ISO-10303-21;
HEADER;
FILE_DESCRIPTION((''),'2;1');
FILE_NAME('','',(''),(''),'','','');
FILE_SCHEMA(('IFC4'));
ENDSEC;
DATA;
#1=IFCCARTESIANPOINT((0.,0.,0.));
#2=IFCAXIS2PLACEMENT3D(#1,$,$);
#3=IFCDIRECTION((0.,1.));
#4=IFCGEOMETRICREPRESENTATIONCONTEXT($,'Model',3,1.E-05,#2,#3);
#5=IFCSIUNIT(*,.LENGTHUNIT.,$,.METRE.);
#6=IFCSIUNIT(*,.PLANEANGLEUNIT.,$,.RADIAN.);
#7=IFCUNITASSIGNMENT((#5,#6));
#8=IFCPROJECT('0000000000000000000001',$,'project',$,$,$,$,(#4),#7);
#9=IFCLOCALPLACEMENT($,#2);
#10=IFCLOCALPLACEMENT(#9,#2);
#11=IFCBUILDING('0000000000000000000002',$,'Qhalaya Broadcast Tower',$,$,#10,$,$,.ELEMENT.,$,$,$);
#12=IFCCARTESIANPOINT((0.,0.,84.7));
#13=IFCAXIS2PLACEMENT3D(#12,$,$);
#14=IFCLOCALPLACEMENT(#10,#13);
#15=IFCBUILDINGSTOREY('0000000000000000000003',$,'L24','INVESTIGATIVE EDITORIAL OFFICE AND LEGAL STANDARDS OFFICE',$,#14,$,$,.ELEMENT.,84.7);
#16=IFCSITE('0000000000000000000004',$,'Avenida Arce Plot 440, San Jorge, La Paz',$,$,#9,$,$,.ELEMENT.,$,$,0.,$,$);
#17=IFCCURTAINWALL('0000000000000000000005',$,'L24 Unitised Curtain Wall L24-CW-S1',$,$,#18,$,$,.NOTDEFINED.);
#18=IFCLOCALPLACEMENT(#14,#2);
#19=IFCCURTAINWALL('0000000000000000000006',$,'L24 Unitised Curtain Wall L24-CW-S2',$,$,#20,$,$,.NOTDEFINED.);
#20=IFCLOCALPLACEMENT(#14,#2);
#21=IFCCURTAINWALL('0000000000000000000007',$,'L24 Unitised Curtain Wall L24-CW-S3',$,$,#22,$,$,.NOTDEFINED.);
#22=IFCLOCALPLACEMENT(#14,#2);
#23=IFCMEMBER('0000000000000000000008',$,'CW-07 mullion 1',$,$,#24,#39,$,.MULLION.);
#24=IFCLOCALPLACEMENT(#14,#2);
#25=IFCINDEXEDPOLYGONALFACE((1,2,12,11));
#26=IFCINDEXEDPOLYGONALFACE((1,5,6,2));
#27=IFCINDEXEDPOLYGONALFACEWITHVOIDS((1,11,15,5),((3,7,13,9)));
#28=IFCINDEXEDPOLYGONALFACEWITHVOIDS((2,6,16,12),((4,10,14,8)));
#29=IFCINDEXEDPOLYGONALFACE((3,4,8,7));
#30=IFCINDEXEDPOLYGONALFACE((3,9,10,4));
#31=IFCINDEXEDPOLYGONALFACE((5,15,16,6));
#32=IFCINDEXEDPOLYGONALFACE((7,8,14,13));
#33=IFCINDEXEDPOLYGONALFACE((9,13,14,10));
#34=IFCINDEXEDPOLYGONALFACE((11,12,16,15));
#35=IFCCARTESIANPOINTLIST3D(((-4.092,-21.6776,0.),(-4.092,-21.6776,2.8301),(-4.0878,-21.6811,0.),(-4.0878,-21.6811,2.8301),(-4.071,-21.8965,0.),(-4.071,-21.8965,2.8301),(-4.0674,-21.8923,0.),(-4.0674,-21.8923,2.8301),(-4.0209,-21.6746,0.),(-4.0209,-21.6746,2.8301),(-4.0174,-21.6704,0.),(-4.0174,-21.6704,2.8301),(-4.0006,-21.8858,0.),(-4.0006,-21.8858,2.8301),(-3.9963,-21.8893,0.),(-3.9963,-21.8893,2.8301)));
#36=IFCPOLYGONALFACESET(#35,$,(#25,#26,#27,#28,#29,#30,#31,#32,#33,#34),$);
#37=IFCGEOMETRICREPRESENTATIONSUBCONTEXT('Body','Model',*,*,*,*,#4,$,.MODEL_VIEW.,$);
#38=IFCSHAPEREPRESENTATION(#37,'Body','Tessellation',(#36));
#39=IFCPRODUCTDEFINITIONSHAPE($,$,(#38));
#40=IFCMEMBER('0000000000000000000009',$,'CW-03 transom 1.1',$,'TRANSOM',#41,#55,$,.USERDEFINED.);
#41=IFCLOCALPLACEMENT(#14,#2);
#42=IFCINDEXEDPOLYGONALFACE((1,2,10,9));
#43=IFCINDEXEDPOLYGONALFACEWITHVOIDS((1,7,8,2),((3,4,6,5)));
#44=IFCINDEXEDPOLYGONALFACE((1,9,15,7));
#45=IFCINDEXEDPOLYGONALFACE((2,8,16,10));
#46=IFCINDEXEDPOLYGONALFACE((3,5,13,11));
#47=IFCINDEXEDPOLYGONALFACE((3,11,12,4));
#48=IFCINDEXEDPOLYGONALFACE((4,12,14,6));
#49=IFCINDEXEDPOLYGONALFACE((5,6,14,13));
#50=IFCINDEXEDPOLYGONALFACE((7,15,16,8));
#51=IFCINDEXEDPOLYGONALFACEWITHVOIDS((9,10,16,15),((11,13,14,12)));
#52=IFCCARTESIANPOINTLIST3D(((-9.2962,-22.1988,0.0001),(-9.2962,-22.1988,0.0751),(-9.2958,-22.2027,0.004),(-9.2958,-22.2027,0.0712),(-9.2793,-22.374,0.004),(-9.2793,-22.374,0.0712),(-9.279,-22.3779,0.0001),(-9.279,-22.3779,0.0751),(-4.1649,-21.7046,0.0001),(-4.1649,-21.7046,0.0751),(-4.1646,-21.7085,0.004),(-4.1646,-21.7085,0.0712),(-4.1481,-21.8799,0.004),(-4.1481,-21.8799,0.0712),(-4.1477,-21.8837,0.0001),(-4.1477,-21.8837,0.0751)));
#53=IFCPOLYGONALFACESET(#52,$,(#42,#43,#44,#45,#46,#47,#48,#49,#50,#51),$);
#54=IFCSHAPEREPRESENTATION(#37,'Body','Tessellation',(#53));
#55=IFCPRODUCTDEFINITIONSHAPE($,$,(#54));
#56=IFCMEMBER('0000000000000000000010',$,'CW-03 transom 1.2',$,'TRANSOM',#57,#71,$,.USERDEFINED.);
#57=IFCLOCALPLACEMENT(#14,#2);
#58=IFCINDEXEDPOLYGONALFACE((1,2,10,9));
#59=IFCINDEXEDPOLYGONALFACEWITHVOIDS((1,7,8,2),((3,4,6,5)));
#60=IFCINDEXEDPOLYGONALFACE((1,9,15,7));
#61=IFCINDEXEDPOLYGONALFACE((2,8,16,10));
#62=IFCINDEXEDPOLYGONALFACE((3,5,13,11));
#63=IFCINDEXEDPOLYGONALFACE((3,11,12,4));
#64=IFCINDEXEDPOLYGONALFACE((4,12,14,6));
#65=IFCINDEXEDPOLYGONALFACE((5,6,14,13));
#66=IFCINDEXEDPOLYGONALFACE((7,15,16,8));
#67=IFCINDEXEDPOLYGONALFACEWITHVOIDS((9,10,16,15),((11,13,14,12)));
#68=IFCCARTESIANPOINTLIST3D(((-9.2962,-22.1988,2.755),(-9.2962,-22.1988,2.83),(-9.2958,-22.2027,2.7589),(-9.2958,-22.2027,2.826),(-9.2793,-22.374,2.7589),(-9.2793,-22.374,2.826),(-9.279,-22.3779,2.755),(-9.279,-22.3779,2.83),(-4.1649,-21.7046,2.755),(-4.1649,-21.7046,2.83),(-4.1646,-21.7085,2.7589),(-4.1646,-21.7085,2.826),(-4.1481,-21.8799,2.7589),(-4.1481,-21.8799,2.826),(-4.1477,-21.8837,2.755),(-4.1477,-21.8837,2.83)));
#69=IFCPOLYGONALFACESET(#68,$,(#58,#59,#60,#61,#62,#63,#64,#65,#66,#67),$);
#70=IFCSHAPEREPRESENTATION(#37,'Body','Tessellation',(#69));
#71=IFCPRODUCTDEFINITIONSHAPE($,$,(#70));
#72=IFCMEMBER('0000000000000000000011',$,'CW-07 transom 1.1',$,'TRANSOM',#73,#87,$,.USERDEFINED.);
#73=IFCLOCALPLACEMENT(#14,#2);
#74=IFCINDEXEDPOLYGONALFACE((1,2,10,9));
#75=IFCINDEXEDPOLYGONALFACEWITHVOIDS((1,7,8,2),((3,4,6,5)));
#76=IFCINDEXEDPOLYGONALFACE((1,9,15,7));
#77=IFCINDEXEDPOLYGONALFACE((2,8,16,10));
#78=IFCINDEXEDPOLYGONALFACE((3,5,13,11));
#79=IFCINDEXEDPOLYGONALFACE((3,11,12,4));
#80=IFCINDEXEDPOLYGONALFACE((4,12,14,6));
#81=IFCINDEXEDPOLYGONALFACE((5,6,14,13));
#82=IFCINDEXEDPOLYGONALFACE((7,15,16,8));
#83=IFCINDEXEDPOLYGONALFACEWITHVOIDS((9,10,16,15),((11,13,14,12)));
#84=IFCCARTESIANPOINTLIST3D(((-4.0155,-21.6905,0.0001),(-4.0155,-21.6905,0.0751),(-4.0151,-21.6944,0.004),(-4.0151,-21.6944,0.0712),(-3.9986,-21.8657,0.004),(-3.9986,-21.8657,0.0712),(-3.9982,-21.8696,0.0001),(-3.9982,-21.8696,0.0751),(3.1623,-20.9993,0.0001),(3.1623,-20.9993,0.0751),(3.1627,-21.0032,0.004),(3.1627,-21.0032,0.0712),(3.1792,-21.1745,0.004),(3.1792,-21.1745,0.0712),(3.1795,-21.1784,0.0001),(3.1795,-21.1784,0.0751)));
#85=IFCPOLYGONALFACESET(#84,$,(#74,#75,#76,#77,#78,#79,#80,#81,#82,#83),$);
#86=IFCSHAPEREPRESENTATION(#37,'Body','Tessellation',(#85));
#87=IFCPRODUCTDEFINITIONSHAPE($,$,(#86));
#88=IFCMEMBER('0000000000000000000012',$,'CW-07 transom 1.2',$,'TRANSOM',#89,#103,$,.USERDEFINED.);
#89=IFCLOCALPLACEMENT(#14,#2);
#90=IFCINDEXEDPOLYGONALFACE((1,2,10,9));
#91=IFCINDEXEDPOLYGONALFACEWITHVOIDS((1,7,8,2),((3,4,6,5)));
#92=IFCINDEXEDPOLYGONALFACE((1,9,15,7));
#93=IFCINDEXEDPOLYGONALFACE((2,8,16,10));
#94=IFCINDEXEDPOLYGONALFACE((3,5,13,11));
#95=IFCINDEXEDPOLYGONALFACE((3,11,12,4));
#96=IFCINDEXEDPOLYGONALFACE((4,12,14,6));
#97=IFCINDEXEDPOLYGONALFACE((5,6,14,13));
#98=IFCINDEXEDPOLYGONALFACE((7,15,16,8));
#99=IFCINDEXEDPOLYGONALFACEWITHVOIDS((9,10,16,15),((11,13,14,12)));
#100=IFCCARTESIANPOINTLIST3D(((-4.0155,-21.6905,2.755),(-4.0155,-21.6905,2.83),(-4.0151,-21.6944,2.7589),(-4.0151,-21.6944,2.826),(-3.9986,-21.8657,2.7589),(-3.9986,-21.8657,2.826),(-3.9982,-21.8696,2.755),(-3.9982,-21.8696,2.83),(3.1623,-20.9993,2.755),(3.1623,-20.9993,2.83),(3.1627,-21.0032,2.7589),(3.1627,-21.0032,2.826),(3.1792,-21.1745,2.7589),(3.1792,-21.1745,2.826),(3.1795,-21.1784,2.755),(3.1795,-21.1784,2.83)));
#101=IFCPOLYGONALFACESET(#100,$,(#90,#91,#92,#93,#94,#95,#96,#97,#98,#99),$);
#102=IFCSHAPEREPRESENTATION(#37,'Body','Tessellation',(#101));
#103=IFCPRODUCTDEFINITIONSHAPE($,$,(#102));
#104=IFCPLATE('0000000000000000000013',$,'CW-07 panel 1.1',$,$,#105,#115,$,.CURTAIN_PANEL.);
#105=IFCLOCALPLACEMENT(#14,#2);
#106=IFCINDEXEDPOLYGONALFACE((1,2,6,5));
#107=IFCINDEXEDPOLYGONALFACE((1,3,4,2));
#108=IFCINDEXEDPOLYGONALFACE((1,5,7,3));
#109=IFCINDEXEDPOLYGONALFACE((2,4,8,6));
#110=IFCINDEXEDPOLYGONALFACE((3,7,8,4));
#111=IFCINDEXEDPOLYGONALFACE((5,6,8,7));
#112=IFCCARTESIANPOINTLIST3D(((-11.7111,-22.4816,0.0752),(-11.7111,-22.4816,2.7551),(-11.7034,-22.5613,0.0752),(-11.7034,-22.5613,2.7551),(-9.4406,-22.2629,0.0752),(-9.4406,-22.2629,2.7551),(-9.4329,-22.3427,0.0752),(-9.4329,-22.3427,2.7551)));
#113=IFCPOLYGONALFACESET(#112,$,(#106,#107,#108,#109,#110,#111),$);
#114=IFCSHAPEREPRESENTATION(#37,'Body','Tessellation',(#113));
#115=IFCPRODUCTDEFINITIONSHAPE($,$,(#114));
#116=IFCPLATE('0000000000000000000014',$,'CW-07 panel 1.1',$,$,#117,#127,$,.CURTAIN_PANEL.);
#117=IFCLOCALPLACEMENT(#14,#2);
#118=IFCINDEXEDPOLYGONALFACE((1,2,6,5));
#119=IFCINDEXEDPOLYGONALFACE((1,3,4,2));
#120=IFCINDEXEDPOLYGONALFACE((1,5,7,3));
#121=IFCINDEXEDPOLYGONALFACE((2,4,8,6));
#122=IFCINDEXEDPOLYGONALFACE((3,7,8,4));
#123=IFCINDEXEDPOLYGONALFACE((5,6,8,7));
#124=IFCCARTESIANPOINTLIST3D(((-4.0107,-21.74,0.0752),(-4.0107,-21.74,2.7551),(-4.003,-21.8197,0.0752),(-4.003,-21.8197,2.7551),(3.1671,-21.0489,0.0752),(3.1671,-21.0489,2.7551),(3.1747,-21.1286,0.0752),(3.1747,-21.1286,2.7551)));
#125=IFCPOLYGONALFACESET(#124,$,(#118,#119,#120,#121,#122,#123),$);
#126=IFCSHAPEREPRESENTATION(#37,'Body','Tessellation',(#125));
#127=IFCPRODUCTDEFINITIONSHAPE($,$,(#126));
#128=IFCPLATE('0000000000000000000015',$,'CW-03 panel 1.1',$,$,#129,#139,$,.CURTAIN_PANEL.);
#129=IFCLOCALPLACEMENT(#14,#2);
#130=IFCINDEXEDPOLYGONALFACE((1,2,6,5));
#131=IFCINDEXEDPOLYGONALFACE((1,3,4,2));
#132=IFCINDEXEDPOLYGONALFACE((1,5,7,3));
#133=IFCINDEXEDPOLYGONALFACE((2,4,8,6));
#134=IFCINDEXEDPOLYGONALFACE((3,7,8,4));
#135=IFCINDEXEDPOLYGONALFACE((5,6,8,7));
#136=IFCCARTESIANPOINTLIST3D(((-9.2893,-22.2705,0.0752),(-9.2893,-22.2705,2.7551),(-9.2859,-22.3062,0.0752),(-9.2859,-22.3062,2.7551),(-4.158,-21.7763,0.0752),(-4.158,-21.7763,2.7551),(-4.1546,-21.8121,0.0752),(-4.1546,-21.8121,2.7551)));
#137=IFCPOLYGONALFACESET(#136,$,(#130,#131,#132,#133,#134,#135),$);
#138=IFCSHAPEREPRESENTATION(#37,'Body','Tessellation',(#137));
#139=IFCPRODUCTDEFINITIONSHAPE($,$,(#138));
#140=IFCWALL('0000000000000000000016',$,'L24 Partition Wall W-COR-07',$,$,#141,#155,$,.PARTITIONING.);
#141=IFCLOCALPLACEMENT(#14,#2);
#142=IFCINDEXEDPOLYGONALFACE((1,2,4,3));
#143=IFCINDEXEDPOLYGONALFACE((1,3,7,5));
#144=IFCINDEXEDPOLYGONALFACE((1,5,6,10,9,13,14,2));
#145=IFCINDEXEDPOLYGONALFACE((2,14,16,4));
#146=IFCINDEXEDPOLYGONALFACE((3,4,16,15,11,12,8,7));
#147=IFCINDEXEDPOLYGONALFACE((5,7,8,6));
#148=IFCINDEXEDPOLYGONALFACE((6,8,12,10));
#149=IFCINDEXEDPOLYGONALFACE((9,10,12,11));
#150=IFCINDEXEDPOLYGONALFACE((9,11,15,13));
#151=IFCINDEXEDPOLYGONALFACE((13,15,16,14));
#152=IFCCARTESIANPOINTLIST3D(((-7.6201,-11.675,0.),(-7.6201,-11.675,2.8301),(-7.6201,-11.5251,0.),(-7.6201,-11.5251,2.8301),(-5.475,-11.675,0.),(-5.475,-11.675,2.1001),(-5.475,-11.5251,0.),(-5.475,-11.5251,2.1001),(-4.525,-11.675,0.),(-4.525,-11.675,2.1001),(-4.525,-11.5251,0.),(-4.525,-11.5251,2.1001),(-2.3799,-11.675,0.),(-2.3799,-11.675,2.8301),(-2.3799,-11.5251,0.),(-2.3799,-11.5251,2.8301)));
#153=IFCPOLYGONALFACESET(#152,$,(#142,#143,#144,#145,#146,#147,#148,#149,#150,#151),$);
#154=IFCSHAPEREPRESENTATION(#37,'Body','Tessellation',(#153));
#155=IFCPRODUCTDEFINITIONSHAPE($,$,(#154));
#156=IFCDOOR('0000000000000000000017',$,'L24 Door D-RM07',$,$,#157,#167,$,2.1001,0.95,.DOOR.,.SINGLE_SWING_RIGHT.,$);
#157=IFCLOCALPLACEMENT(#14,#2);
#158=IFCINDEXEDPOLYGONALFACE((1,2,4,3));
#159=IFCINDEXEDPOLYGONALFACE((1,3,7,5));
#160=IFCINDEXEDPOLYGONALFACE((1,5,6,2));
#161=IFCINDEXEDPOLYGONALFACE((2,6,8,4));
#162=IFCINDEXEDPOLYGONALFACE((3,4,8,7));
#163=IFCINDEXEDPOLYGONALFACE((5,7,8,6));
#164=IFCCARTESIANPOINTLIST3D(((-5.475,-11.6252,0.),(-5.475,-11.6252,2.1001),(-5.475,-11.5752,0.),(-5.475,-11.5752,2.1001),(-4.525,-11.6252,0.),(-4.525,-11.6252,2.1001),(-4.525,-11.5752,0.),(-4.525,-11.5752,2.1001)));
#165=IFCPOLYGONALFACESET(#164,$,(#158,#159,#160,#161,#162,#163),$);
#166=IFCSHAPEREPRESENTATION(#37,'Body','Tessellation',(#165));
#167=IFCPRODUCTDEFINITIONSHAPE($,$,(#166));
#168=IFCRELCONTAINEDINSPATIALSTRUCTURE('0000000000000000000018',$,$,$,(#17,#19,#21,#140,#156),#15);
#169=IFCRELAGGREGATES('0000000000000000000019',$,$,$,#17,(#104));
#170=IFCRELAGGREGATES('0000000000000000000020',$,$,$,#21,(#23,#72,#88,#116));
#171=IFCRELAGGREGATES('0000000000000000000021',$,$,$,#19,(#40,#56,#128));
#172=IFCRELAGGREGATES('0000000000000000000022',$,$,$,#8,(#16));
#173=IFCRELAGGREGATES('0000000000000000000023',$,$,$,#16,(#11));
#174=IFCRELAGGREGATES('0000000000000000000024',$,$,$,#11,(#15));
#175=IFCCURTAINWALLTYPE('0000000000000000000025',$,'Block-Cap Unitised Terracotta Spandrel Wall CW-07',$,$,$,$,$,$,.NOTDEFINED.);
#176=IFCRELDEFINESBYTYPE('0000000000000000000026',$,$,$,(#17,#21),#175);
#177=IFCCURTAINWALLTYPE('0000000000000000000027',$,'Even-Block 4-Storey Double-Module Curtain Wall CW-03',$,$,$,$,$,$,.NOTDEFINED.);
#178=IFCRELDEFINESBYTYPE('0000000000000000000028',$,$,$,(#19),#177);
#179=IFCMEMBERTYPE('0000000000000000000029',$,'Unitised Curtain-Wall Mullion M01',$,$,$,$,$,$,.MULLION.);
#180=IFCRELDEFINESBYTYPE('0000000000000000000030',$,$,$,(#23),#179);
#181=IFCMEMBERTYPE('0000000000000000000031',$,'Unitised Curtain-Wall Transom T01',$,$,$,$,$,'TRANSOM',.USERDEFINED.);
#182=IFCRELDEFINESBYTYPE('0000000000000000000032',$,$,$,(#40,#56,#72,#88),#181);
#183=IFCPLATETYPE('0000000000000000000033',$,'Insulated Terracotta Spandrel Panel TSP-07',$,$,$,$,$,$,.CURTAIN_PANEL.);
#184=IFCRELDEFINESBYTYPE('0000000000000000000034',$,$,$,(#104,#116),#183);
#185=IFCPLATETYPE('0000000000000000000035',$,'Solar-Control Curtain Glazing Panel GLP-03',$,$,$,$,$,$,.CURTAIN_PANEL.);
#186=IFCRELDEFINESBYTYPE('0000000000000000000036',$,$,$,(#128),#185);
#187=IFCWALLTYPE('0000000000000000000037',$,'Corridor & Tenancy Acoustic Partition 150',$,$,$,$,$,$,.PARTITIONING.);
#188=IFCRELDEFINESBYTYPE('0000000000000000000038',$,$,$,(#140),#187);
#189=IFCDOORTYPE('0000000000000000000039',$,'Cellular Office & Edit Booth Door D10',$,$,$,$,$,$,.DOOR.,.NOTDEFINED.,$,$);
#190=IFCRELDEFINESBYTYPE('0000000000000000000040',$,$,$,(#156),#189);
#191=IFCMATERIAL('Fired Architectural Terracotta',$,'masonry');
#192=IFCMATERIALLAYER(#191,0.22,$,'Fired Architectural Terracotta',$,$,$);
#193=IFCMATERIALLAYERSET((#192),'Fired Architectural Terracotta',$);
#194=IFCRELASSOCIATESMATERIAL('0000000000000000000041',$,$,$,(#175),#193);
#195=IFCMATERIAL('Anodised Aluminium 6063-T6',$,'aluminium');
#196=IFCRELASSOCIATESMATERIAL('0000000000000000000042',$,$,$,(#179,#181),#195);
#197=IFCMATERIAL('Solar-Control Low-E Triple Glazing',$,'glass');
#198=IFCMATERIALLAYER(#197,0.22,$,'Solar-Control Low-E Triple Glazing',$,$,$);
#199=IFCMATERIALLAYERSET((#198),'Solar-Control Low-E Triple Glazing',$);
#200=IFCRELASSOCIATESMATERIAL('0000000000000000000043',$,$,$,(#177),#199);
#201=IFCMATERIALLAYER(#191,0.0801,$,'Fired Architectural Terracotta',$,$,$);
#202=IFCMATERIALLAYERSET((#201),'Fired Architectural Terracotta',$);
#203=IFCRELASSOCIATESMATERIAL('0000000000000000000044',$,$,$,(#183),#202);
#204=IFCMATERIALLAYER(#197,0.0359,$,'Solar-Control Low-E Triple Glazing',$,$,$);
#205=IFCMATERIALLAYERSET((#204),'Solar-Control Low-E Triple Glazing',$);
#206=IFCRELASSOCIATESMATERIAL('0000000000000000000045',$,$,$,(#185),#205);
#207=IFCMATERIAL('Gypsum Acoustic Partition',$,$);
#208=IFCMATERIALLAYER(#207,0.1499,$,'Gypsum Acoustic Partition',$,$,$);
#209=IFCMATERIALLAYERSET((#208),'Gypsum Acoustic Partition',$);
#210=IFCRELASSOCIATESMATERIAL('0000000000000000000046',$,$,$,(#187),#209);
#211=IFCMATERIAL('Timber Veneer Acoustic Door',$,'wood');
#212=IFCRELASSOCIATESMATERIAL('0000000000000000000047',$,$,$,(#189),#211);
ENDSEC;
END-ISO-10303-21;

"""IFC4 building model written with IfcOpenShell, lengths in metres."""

from ifc_helpers import new_model, si_unit, direction, frame, frame_2d, origin, origin_2d, place, context, subcontext, project, spatial, rectangle, hollow_rectangle, extrude, material, layer, layer_set, material_profile, profile_set, type_object, element, fill, aggregate, save


model = new_model("IFC4")

# Units and contexts
model_context = context("Model", 3, precision=1e-05, world=origin(), true_north=direction((0.0, 1.0)))
body_context = subcontext(model_context, "Body", "Model", "MODEL_VIEW")
ifc_project = project(units=[si_unit("LENGTHUNIT", "METRE"), si_unit("PLANEANGLEUNIT", "RADIAN")], contexts=[model_context])

# Site, building, storey
site_placement = place(None, origin())
site = spatial("IfcSite", under=ifc_project, at=site_placement, Name="Avenida Arce Plot 440, San Jorge, La Paz", CompositionType="ELEMENT", RefElevation=0.0)
building_placement = place(site_placement, origin())
building = spatial("IfcBuilding", under=site, at=building_placement, Name="Qhalaya Broadcast Tower", CompositionType="ELEMENT")
storey_placement = place(building_placement, frame((0.0, 0.0, 84.7)))
storey = spatial("IfcBuildingStorey", under=building, at=storey_placement, Name="L24", Description="INVESTIGATIVE EDITORIAL OFFICE AND LEGAL STANDARDS OFFICE", CompositionType="ELEMENT", Elevation=84.7)

# Curtain wall
ifc_material_1 = material(Name="Fired Architectural Terracotta", Category="masonry")
ifc_layer_1 = layer(ifc_material_1, 0.22, Name="Fired Architectural Terracotta")
ifc_layer_set_1 = layer_set([ifc_layer_1], Name="Fired Architectural Terracotta")
curtain_wall_type_1 = type_object("IfcCurtainWallType", Name="Block-Cap Unitised Terracotta Spandrel Wall CW-07", PredefinedType="NOTDEFINED", material=ifc_layer_set_1)
curtain_wall_1_placement = place(storey_placement, origin())
curtain_wall_1 = element("IfcCurtainWall", 1, at=curtain_wall_1_placement, inside=storey, type_object=curtain_wall_type_1, Name="L24 Unitised Curtain Wall L24-CW-S1", PredefinedType="NOTDEFINED")
ifc_material_2 = material(Name="Anodised Aluminium 6063-T6", Category="aluminium")
ifc_material_profile_1 = material_profile(ifc_material_2, hollow_rectangle(XDim=0.075, YDim=0.22, WallThickness=0.0039, at=origin_2d()), Name="ALU-MUL 75x220x4")
ifc_profile_set_1 = profile_set([ifc_material_profile_1], Name="Anodised Aluminium 6063-T6")
member_type_1 = type_object("IfcMemberType", Name="Unitised Curtain-Wall Mullion M01", PredefinedType="MULLION", material=ifc_profile_set_1)

# Curtain wall
ifc_material_3 = material(Name="Solar-Control Low-E Triple Glazing", Category="glass")
ifc_layer_2 = layer(ifc_material_3, 0.22, Name="Solar-Control Low-E Triple Glazing")
ifc_layer_set_2 = layer_set([ifc_layer_2], Name="Solar-Control Low-E Triple Glazing")
curtain_wall_type_2 = type_object("IfcCurtainWallType", Name="Even-Block 4-Storey Double-Module Curtain Wall CW-03", PredefinedType="NOTDEFINED", material=ifc_layer_set_2)
curtain_wall_2_placement = place(storey_placement, origin())
curtain_wall_2 = element("IfcCurtainWall", 2, at=curtain_wall_2_placement, inside=storey, type_object=curtain_wall_type_2, Name="L24 Unitised Curtain Wall L24-CW-S2", PredefinedType="NOTDEFINED")

# Curtain wall, member
curtain_wall_3_placement = place(storey_placement, origin())
curtain_wall_3 = element("IfcCurtainWall", 3, at=curtain_wall_3_placement, inside=storey, type_object=curtain_wall_type_1, Name="L24 Unitised Curtain Wall L24-CW-S3", PredefinedType="NOTDEFINED")
member_1_placement = place(storey_placement, frame((-4.0442, -21.7834, 0.0), z_axis=(0.0, 0.0, 1.0), x_axis=(0.995396, 0.095843, 0.0)))
member_1 = element("IfcMember", 4, at=member_1_placement, type_object=member_type_1, Name="CW-07 mullion 1", PredefinedType="MULLION", context=body_context, shape_type="SweptSolid", body=[
    extrude(hollow_rectangle(XDim=0.075, YDim=0.22, WallThickness=0.0039, at=origin_2d()), origin(), (0.0, 0.0, 1.0), 2.8301),
])

# Members
ifc_material_profile_2 = material_profile(ifc_material_2, hollow_rectangle(XDim=0.075, YDim=0.1799, WallThickness=0.0039, at=origin_2d()), Name="ALU-TRN 75x180x4")
ifc_profile_set_2 = profile_set([ifc_material_profile_2], Name="Anodised Aluminium 6063-T6")
member_type_2 = type_object("IfcMemberType", Name="Unitised Curtain-Wall Transom T01", ElementType="TRANSOM", PredefinedType="USERDEFINED", material=ifc_profile_set_2)
member_2_placement = place(storey_placement, frame((-9.2876, -22.2883, 0.0376), z_axis=(0.995395, 0.095855, 0.0), x_axis=(0.0, 0.0, 1.0)))
member_2 = element("IfcMember", 5, at=member_2_placement, type_object=member_type_2, Name="CW-03 transom 1.1", ObjectType="TRANSOM", PredefinedType="USERDEFINED", context=body_context, shape_type="SweptSolid", body=[
    extrude(hollow_rectangle(XDim=0.075, YDim=0.1799, WallThickness=0.0039, at=origin_2d()), origin(), (0.0, 0.0, 1.0), 5.155),
])
member_3_placement = place(storey_placement, frame((-9.2876, -22.2883, 2.7925), z_axis=(0.995395, 0.095855, 0.0), x_axis=(0.0, 0.0, 1.0)))
member_3 = element("IfcMember", 6, at=member_3_placement, type_object=member_type_2, Name="CW-03 transom 1.2", ObjectType="TRANSOM", PredefinedType="USERDEFINED", context=body_context, shape_type="SweptSolid", body=[
    extrude(hollow_rectangle(XDim=0.075, YDim=0.1799, WallThickness=0.0039, at=origin_2d()), origin(), (0.0, 0.0, 1.0), 5.155),
])
member_4_placement = place(storey_placement, frame((-4.0068, -21.78, 0.0376), z_axis=(0.995396, 0.095849, 0.0), x_axis=(0.0, 0.0, 1.0)))
member_4 = element("IfcMember", 7, at=member_4_placement, type_object=member_type_2, Name="CW-07 transom 1.1", ObjectType="TRANSOM", PredefinedType="USERDEFINED", context=body_context, shape_type="SweptSolid", body=[
    extrude(hollow_rectangle(XDim=0.075, YDim=0.1799, WallThickness=0.0039, at=origin_2d()), origin(), (0.0, 0.0, 1.0), 7.2109),
])
member_5_placement = place(storey_placement, frame((-4.0068, -21.78, 2.7925), z_axis=(0.995396, 0.095849, 0.0), x_axis=(0.0, 0.0, 1.0)))
member_5 = element("IfcMember", 8, at=member_5_placement, type_object=member_type_2, Name="CW-07 transom 1.2", ObjectType="TRANSOM", PredefinedType="USERDEFINED", context=body_context, shape_type="SweptSolid", body=[
    extrude(hollow_rectangle(XDim=0.075, YDim=0.1799, WallThickness=0.0039, at=origin_2d()), origin(), (0.0, 0.0, 1.0), 7.2109),
])

# Plates
ifc_layer_3 = layer(ifc_material_1, 0.0801, Name="Fired Architectural Terracotta")
ifc_layer_set_3 = layer_set([ifc_layer_3], Name="Fired Architectural Terracotta")
plate_type_1 = type_object("IfcPlateType", Name="Insulated Terracotta Spandrel Panel TSP-07", PredefinedType="CURTAIN_PANEL", material=ifc_layer_set_3)
plate_1_placement = place(storey_placement, frame((-10.572, -22.4121, 0.0752), z_axis=(0.0, 0.0, 1.0), x_axis=(0.995396, 0.095846, 0.0)))
plate_1 = element("IfcPlate", 9, at=plate_1_placement, type_object=plate_type_1, Name="CW-07 panel 1.1", PredefinedType="CURTAIN_PANEL", context=body_context, shape_type="SweptSolid", body=[
    extrude(rectangle(XDim=2.281, YDim=0.0801, at=origin_2d()), origin(), (0.0, 0.0, 1.0), 2.6799),
])
aggregate(curtain_wall_1, [plate_1])
plate_2_placement = place(storey_placement, frame((-0.418, -21.4343, 0.0752), z_axis=(0.0, 0.0, 1.0), x_axis=(0.995396, 0.095843, 0.0)))
plate_2 = element("IfcPlate", 10, at=plate_2_placement, type_object=plate_type_1, Name="CW-07 panel 1.1", PredefinedType="CURTAIN_PANEL", context=body_context, shape_type="SweptSolid", body=[
    extrude(rectangle(XDim=7.2109, YDim=0.0801, at=origin_2d()), origin(), (0.0, 0.0, 1.0), 2.6799),
])
aggregate(curtain_wall_3, [member_1, member_4, member_5, plate_2])
ifc_layer_4 = layer(ifc_material_3, 0.0359, Name="Solar-Control Low-E Triple Glazing")
ifc_layer_set_4 = layer_set([ifc_layer_4], Name="Solar-Control Low-E Triple Glazing")
plate_type_2 = type_object("IfcPlateType", Name="Solar-Control Curtain Glazing Panel GLP-03", PredefinedType="CURTAIN_PANEL", material=ifc_layer_set_4)
plate_3_placement = place(storey_placement, frame((-6.7219, -22.0413, 0.0752), z_axis=(0.0, 0.0, 1.0), x_axis=(0.995396, 0.095852, 0.0)))
plate_3 = element("IfcPlate", 11, at=plate_3_placement, type_object=plate_type_2, Name="CW-03 panel 1.1", PredefinedType="CURTAIN_PANEL", context=body_context, shape_type="SweptSolid", body=[
    extrude(rectangle(XDim=5.155, YDim=0.0359, at=origin_2d()), origin(), (0.0, 0.0, 1.0), 2.6799),
])
aggregate(curtain_wall_2, [member_2, member_3, plate_3])

# Wall, opening, door
ifc_material_4 = material(Name="Gypsum Acoustic Partition")
ifc_layer_5 = layer(ifc_material_4, 0.1499, Name="Gypsum Acoustic Partition")
ifc_layer_set_5 = layer_set([ifc_layer_5], Name="Gypsum Acoustic Partition")
wall_type_1 = type_object("IfcWallType", Name="Corridor & Tenancy Acoustic Partition 150", PredefinedType="PARTITIONING", material=ifc_layer_set_5)
wall_1_placement = place(storey_placement, frame((-7.6201, -11.6001, 0.0), z_axis=(0.0, 0.0, 1.0), x_axis=(1.0, 0.0, 0.0)))
wall_1 = element("IfcWall", 12, at=wall_1_placement, inside=storey, type_object=wall_type_1, Name="L24 Partition Wall W-COR-07", PredefinedType="PARTITIONING", context=body_context, shape_type="SweptSolid", body=[
    extrude(rectangle(XDim=5.2402, YDim=0.1499, at=frame_2d((2.6201, 0.0))), origin(), (0.0, 0.0, 1.0), 2.8301),
])
opening_1_placement = place(wall_1_placement, frame((2.145, 0.0, 0.0)))
opening_1 = element("IfcOpeningElement", 13, at=opening_1_placement, cuts=wall_1, PredefinedType="OPENING", context=body_context, shape_type="SweptSolid", body=[
    extrude(rectangle(XDim=0.95, YDim=2.1001, at=frame_2d((0.4751, 1.05))), frame((0.0, 0.0869, 0.0), z_axis=(0.0, -1.0, 0.0), x_axis=(1.0, 0.0, 0.0)), (0.0, 0.0, 1.0), 0.1738),
])
ifc_material_5 = material(Name="Timber Veneer Acoustic Door", Category="wood")
door_type = type_object("IfcDoorType", Name="Cellular Office & Edit Booth Door D10", OperationType="NOTDEFINED", PredefinedType="DOOR", material=ifc_material_5)
door_1_placement = place(opening_1_placement, origin())
door_1 = element("IfcDoor", 14, at=door_1_placement, inside=storey, type_object=door_type, Name="L24 Door D-RM07", OperationType="SINGLE_SWING_RIGHT", OverallHeight=2.1001, OverallWidth=0.95, PredefinedType="DOOR", context=body_context, shape_type="SweptSolid", body=[
    extrude(rectangle(XDim=0.95, YDim=2.1001, at=frame_2d((0.4751, 1.05))), frame((0.0, 0.0249, 0.0), z_axis=(0.0, -1.0, 0.0), x_axis=(1.0, 0.0, 0.0)), (0.0, 0.0, 1.0), 0.05),
])
fill(opening_1, door_1)

save(model, "model.ifc")
